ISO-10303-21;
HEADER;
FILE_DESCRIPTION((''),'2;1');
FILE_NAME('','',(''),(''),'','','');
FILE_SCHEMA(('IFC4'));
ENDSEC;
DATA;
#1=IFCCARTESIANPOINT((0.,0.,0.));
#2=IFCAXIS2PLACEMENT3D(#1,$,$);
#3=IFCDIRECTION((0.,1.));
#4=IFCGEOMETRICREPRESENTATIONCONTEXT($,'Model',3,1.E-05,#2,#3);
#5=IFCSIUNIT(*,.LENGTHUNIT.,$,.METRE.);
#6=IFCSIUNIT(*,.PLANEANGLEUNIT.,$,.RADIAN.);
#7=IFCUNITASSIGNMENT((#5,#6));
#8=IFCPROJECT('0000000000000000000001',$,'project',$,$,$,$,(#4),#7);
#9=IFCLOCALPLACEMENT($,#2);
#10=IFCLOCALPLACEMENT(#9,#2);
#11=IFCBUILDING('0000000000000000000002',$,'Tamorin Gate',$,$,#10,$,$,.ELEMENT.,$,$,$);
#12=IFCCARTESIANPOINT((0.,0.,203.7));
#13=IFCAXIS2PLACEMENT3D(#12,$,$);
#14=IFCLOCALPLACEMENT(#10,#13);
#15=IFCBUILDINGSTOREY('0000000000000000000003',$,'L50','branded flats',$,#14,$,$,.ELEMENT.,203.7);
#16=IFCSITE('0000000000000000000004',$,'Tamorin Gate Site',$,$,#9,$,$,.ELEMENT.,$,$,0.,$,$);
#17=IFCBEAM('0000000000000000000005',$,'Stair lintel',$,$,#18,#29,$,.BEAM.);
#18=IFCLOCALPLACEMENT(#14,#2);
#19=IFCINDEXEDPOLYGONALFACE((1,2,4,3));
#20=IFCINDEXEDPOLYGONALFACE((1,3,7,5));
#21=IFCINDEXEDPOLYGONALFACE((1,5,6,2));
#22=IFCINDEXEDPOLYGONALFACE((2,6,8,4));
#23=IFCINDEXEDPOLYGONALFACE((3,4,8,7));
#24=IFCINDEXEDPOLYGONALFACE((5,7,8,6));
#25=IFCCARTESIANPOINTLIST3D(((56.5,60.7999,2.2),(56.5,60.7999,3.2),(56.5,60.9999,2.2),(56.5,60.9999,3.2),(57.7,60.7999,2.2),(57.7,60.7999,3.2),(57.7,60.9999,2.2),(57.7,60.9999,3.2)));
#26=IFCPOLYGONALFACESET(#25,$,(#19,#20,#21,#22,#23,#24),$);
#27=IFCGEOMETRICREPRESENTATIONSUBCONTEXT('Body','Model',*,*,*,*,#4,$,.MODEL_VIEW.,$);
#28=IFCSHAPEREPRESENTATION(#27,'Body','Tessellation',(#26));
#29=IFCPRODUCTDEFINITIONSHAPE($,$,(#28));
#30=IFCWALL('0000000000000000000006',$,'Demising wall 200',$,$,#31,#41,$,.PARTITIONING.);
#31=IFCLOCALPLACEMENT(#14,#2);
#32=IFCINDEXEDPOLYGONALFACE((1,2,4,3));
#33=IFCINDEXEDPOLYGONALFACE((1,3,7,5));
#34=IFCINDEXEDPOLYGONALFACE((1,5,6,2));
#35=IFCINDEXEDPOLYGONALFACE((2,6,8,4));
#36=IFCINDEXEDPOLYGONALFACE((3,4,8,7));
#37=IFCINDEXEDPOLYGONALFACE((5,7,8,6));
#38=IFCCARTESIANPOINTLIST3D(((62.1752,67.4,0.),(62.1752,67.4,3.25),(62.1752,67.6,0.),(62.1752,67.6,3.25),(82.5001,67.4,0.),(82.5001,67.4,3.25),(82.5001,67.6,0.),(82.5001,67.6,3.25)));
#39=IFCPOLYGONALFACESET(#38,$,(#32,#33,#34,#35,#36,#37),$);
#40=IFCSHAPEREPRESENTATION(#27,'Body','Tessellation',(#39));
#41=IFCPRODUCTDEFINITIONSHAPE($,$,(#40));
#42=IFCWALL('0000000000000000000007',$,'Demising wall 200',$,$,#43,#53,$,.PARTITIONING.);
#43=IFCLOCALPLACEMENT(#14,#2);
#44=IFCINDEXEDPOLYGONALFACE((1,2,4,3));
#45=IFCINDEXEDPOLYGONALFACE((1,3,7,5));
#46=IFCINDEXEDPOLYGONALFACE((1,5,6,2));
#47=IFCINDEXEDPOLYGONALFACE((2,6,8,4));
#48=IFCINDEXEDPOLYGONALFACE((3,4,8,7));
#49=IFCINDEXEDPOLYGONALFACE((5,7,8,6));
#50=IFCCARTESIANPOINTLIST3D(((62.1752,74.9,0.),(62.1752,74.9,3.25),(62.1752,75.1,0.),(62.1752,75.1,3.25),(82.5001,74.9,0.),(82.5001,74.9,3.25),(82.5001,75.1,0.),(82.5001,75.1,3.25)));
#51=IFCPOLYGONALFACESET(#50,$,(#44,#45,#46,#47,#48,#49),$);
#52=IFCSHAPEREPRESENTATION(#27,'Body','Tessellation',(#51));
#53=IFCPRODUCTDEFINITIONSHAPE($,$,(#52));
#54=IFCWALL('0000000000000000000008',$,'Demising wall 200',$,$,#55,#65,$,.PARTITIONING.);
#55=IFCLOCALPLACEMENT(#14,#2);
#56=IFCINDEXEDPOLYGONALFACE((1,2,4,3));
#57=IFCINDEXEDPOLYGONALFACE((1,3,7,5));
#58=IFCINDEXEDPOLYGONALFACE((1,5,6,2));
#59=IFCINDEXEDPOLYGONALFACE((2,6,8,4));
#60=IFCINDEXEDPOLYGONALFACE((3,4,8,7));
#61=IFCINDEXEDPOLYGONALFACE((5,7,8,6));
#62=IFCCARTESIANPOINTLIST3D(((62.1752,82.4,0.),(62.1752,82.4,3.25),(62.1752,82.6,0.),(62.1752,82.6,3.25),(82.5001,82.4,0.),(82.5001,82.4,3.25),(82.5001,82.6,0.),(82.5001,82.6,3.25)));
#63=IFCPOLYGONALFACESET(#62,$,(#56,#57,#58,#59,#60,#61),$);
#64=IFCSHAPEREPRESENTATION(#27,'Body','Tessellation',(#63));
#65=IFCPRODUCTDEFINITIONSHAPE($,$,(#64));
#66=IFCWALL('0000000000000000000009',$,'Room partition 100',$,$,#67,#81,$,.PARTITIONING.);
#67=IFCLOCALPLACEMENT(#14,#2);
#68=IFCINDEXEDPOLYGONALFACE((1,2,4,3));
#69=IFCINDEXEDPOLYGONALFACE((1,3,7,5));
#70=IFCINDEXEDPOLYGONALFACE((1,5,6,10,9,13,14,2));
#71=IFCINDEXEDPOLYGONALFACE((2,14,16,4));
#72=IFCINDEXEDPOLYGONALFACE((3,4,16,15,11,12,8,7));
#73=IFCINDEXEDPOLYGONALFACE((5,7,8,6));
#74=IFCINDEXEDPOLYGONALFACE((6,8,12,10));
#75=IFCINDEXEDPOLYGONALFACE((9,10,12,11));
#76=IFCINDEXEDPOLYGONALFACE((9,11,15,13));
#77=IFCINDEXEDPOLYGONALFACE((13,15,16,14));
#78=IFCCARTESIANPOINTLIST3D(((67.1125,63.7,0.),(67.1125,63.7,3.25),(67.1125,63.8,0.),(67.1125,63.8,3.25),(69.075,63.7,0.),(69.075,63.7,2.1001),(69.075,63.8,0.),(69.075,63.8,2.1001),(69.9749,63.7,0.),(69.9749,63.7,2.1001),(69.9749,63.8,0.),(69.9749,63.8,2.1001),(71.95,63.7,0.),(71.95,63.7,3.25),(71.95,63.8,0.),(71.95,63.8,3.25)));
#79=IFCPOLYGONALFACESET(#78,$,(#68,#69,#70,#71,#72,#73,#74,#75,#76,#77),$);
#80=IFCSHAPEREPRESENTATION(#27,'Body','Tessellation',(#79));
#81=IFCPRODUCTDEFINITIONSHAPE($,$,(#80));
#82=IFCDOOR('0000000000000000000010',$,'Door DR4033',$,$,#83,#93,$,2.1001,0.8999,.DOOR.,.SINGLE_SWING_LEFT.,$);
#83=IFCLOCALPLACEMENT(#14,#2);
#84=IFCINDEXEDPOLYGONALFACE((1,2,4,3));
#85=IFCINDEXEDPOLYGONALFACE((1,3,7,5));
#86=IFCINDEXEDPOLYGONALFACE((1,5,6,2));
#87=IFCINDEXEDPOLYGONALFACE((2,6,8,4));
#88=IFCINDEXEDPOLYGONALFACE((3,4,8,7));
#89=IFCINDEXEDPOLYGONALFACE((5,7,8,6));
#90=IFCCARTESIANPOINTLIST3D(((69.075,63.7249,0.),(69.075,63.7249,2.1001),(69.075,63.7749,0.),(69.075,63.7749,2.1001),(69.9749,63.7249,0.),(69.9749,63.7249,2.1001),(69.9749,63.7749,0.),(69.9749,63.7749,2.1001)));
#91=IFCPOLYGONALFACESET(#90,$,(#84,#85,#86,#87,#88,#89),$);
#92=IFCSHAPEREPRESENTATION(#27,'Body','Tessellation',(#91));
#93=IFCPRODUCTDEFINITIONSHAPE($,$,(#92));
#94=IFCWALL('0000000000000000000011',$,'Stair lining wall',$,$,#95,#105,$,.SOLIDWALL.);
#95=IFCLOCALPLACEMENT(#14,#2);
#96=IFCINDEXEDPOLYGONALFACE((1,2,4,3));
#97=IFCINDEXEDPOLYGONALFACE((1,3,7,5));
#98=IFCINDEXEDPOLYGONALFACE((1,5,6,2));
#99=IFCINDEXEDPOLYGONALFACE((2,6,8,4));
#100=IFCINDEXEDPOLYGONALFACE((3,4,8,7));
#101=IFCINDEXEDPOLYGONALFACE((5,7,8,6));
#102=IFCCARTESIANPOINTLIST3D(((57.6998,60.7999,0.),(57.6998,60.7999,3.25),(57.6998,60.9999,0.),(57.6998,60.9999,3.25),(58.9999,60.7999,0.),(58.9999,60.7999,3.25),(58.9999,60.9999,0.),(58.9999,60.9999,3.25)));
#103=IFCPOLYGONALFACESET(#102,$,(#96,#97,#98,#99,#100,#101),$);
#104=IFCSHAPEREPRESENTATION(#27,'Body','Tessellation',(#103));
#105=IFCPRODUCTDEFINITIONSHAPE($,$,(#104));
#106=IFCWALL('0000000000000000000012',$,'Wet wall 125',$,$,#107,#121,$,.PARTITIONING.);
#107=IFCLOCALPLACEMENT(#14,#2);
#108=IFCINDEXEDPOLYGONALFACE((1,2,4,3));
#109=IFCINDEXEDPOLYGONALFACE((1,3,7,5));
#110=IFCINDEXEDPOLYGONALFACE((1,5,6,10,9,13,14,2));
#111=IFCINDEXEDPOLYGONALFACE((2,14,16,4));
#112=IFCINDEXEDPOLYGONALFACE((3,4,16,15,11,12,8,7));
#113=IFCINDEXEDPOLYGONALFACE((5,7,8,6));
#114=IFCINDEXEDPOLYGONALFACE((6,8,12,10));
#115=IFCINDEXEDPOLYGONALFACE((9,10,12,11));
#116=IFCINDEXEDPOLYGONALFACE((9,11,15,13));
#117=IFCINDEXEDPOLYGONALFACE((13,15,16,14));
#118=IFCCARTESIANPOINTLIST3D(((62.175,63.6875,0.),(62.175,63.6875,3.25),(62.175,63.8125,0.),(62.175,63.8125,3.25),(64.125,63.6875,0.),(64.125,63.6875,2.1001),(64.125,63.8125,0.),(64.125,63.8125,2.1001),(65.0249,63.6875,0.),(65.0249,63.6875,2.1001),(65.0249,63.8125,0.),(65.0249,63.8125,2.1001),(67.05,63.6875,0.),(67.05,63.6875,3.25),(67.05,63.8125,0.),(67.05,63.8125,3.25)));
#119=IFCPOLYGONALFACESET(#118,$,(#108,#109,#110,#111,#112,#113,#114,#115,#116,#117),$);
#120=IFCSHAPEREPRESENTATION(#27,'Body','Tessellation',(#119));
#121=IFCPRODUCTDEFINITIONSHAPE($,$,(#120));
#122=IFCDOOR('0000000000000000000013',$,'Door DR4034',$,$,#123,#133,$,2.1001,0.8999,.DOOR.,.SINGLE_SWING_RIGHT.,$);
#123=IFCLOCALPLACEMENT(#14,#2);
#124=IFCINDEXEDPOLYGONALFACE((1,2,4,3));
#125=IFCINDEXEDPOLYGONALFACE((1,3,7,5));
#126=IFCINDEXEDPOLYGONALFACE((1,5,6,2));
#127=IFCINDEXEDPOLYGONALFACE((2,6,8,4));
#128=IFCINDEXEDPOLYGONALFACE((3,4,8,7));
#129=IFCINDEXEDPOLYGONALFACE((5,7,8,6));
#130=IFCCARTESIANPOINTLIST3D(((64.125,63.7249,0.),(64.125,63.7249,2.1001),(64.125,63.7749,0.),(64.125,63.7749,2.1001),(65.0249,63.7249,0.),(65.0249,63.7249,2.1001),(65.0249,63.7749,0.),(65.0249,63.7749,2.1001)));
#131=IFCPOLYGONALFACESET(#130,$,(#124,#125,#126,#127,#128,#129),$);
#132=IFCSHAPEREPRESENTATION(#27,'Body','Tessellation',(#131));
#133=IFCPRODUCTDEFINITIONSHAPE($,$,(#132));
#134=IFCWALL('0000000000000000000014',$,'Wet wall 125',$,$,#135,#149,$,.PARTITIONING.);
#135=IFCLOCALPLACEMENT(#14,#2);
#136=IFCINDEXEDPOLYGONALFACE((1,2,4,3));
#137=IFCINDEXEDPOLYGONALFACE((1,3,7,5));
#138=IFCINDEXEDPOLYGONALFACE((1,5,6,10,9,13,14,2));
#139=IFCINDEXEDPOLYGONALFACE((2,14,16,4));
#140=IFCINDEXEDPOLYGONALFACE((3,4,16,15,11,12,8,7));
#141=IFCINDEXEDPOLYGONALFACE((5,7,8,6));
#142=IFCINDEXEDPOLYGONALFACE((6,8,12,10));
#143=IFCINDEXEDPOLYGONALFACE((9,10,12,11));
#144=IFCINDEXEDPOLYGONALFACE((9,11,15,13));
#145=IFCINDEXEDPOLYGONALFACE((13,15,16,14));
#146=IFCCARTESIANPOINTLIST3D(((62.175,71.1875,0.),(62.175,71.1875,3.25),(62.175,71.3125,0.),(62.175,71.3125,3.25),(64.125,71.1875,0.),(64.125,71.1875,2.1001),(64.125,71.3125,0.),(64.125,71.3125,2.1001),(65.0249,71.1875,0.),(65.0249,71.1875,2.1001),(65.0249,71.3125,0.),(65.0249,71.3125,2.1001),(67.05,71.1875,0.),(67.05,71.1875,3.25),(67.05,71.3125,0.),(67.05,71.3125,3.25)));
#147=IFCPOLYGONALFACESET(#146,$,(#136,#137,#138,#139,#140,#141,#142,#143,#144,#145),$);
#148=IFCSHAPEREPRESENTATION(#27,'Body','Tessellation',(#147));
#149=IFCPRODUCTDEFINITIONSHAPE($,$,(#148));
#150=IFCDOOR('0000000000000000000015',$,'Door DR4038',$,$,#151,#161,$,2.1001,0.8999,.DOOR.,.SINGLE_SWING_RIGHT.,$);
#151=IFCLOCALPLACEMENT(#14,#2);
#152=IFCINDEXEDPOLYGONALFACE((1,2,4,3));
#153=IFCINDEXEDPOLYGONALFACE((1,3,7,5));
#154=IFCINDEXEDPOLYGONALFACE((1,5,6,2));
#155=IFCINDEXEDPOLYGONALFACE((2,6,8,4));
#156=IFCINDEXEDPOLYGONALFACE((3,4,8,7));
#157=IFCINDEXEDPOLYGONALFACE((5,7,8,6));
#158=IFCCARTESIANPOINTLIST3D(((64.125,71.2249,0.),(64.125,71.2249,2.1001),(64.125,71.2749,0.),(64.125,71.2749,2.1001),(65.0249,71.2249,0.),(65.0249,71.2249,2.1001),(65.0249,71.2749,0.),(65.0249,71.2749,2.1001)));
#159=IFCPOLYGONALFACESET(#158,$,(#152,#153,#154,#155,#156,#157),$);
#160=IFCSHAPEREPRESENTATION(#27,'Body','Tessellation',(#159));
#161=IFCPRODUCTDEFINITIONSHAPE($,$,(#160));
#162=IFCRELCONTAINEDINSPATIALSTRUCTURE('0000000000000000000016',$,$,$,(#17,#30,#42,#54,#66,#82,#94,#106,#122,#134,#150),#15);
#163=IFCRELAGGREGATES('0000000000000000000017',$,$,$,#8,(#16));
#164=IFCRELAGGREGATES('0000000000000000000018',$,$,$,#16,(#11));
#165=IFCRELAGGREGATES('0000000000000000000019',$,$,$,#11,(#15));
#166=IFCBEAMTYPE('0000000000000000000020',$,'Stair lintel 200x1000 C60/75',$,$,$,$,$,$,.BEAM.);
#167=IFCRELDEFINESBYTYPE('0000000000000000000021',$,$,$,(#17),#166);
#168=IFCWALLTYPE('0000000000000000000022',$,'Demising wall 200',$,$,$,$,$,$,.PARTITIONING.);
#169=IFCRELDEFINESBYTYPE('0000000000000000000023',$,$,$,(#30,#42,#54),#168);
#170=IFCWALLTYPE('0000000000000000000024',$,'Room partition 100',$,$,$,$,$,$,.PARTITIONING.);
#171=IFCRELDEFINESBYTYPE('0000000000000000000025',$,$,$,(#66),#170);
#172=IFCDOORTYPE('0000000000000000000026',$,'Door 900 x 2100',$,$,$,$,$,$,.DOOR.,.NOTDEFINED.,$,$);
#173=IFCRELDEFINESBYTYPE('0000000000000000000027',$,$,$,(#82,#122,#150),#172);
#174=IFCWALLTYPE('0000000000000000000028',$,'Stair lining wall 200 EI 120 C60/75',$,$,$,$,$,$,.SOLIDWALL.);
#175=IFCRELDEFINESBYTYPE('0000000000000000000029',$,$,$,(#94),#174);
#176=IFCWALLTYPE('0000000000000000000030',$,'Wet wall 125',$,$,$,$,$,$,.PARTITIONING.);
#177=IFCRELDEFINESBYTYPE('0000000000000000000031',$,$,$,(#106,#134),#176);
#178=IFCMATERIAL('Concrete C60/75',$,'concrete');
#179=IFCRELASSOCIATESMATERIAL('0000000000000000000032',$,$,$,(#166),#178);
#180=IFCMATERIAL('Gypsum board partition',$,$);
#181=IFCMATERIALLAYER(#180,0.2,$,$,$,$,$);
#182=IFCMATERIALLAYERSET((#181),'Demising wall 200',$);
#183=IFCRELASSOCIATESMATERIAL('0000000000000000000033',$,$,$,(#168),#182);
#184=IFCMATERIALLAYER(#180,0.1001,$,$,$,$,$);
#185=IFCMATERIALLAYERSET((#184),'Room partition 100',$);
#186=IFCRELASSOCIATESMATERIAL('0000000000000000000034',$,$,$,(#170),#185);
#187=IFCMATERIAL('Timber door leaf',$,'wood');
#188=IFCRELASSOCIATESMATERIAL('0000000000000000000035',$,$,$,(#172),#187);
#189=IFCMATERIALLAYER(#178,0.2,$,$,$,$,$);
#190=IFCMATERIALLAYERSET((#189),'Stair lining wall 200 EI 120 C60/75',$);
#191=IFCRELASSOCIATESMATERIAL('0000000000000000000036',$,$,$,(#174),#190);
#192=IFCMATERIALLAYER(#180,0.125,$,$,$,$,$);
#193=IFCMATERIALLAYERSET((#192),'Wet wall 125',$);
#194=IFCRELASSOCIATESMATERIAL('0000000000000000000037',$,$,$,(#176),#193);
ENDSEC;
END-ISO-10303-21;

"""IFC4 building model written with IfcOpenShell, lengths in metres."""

from ifc_helpers import new_model, si_unit, direction, frame, frame_2d, origin, origin_2d, place, context, subcontext, project, spatial, rectangle, extrude, material, layer, layer_set, material_profile, profile_set, type_object, element, fill, save


model = new_model("IFC4")

# Units and contexts
model_context = context("Model", 3, precision=1e-05, world=origin(), true_north=direction((0.0, 1.0)))
body_context = subcontext(model_context, "Body", "Model", "MODEL_VIEW")
ifc_project = project(units=[si_unit("LENGTHUNIT", "METRE"), si_unit("PLANEANGLEUNIT", "RADIAN")], contexts=[model_context])

# Site, building, storey
site_placement = place(None, origin())
site = spatial("IfcSite", under=ifc_project, at=site_placement, Name="Tamorin Gate Site", CompositionType="ELEMENT", RefElevation=0.0)
building_placement = place(site_placement, origin())
building = spatial("IfcBuilding", under=site, at=building_placement, Name="Tamorin Gate", CompositionType="ELEMENT")
storey_placement = place(building_placement, frame((0.0, 0.0, 203.7)))
storey = spatial("IfcBuildingStorey", under=building, at=storey_placement, Name="L50", Description="branded flats", CompositionType="ELEMENT", Elevation=203.7)

# Beam
ifc_material_1 = material(Name="Concrete C60/75", Category="concrete")
ifc_material_profile = material_profile(ifc_material_1, rectangle(XDim=0.2, YDim=1.0, at=origin_2d()))
ifc_profile_set = profile_set([ifc_material_profile], Name="Concrete C60/75")
beam_type = type_object("IfcBeamType", Name="Stair lintel 200x1000 C60/75", PredefinedType="BEAM", material=ifc_profile_set)
beam_placement = place(storey_placement, frame((56.5, 60.8999, 2.7), z_axis=(1.0, 0.0, 0.0), x_axis=(0.0, 1.0, 0.0)))
element("IfcBeam", 1, at=beam_placement, inside=storey, type_object=beam_type, Name="Stair lintel", PredefinedType="BEAM", context=body_context, shape_type="SweptSolid", body=[
    extrude(rectangle(XDim=0.2, YDim=1.0, at=origin_2d()), origin(), (0.0, 0.0, 1.0), 1.2),
])

# Walls
ifc_material_2 = material(Name="Gypsum board partition")
ifc_layer_1 = layer(ifc_material_2, 0.2)
ifc_layer_set_1 = layer_set([ifc_layer_1], Name="Demising wall 200")
wall_type_1 = type_object("IfcWallType", Name="Demising wall 200", PredefinedType="PARTITIONING", material=ifc_layer_set_1)
for number, where, z_axis, x_axis, name in (
    (2, (62.175, 67.5, 0.0), (0.0, 0.0, 1.0), (1.0, 0.0, 0.0), "Demising wall 200"),
    (3, (62.175, 75.0, 0.0), (0.0, 0.0, 1.0), (1.0, 0.0, 0.0), "Demising wall 200"),
    (4, (62.175, 82.5, 0.0), (0.0, 0.0, 1.0), (1.0, 0.0, 0.0), "Demising wall 200"),
):
    element("IfcWall", number, at=place(storey_placement, frame(where, z_axis=z_axis, x_axis=x_axis)), inside=storey, type_object=wall_type_1, Name=name, PredefinedType="PARTITIONING", context=body_context, shape_type="SweptSolid", body=[
        extrude(rectangle(XDim=20.325, YDim=0.2, at=frame_2d((10.1626, 0.0))), origin(), (0.0, 0.0, 1.0), 3.25),
    ])

# Wall, opening, door
ifc_layer_2 = layer(ifc_material_2, 0.1001)
ifc_layer_set_2 = layer_set([ifc_layer_2], Name="Room partition 100")
wall_type_2 = type_object("IfcWallType", Name="Room partition 100", PredefinedType="PARTITIONING", material=ifc_layer_set_2)
wall_1_placement = place(storey_placement, frame((67.1125, 63.75, 0.0), z_axis=(0.0, 0.0, 1.0), x_axis=(1.0, 0.0, 0.0)))
wall_1 = element("IfcWall", 5, at=wall_1_placement, inside=storey, type_object=wall_type_2, Name="Room partition 100", PredefinedType="PARTITIONING", context=body_context, shape_type="SweptSolid", body=[
    extrude(rectangle(XDim=4.8374, YDim=0.1001, at=frame_2d((2.4187, 0.0))), origin(), (0.0, 0.0, 1.0), 3.25),
])
opening_1_placement = place(wall_1_placement, frame((1.9624, 0.0, 0.0)))
opening_1 = element("IfcOpeningElement", 6, at=opening_1_placement, cuts=wall_1, PredefinedType="OPENING", context=body_context, shape_type="SweptSolid", body=[
    extrude(rectangle(XDim=0.8999, YDim=2.1001, at=frame_2d((0.45, 1.05))), frame((0.0, 0.0601, 0.0), z_axis=(0.0, -1.0, 0.0), x_axis=(1.0, 0.0, 0.0)), (0.0, 0.0, 1.0), 0.1201),
])
ifc_material_3 = material(Name="Timber door leaf", Category="wood")
door_type = type_object("IfcDoorType", Name="Door 900 x 2100", OperationType="NOTDEFINED", PredefinedType="DOOR", material=ifc_material_3)
door_1_placement = place(opening_1_placement, origin())
door_1 = element("IfcDoor", 7, at=door_1_placement, inside=storey, type_object=door_type, Name="Door DR4033", OperationType="SINGLE_SWING_LEFT", OverallHeight=2.1001, OverallWidth=0.8999, PredefinedType="DOOR", context=body_context, shape_type="SweptSolid", body=[
    extrude(rectangle(XDim=0.8999, YDim=2.1001, at=frame_2d((0.45, 1.05))), frame((0.0, 0.0249, 0.0), z_axis=(0.0, -1.0, 0.0), x_axis=(1.0, 0.0, 0.0)), (0.0, 0.0, 1.0), 0.05),
])
fill(opening_1, door_1)

# Wall
ifc_layer_3 = layer(ifc_material_1, 0.2)
ifc_layer_set_3 = layer_set([ifc_layer_3], Name="Stair lining wall 200 EI 120 C60/75")
wall_type_3 = type_object("IfcWallType", Name="Stair lining wall 200 EI 120 C60/75", PredefinedType="SOLIDWALL", material=ifc_layer_set_3)
wall_2_placement = place(storey_placement, frame((57.7, 60.8999, 0.0), z_axis=(0.0, 0.0, 1.0), x_axis=(1.0, 0.0, 0.0)))
element("IfcWall", 8, at=wall_2_placement, inside=storey, type_object=wall_type_3, Name="Stair lining wall", PredefinedType="SOLIDWALL", context=body_context, shape_type="SweptSolid", body=[
    extrude(rectangle(XDim=1.3, YDim=0.2, at=frame_2d((0.6499, 0.0))), origin(), (0.0, 0.0, 1.0), 3.25),
])

# Walls, openings, doors
ifc_layer_4 = layer(ifc_material_2, 0.125)
ifc_layer_set_4 = layer_set([ifc_layer_4], Name="Wet wall 125")
wall_type_4 = type_object("IfcWallType", Name="Wet wall 125", PredefinedType="PARTITIONING", material=ifc_layer_set_4)
wall_3_placement = place(storey_placement, frame((62.175, 63.75, 0.0), z_axis=(0.0, 0.0, 1.0), x_axis=(1.0, 0.0, 0.0)))
wall_3 = element("IfcWall", 9, at=wall_3_placement, inside=storey, type_object=wall_type_4, Name="Wet wall 125", PredefinedType="PARTITIONING", context=body_context, shape_type="SweptSolid", body=[
    extrude(rectangle(XDim=4.875, YDim=0.125, at=frame_2d((2.4375, 0.0))), origin(), (0.0, 0.0, 1.0), 3.25),
])
opening_2_placement = place(wall_3_placement, frame((1.95, 0.0, 0.0)))
opening_2 = element("IfcOpeningElement", 10, at=opening_2_placement, cuts=wall_3, PredefinedType="OPENING", context=body_context, shape_type="SweptSolid", body=[
    extrude(rectangle(XDim=0.8999, YDim=2.1001, at=frame_2d((0.45, 1.05))), frame((0.0, 0.0725, 0.0), z_axis=(0.0, -1.0, 0.0), x_axis=(1.0, 0.0, 0.0)), (0.0, 0.0, 1.0), 0.145),
])
door_2_placement = place(opening_2_placement, origin())
door_2 = element("IfcDoor", 11, at=door_2_placement, inside=storey, type_object=door_type, Name="Door DR4034", OperationType="SINGLE_SWING_RIGHT", OverallHeight=2.1001, OverallWidth=0.8999, PredefinedType="DOOR", context=body_context, shape_type="SweptSolid", body=[
    extrude(rectangle(XDim=0.8999, YDim=2.1001, at=frame_2d((0.45, 1.05))), frame((0.0, 0.0249, 0.0), z_axis=(0.0, -1.0, 0.0), x_axis=(1.0, 0.0, 0.0)), (0.0, 0.0, 1.0), 0.05),
])
fill(opening_2, door_2)
wall_4_placement = place(storey_placement, frame((62.175, 71.25, 0.0), z_axis=(0.0, 0.0, 1.0), x_axis=(1.0, 0.0, 0.0)))
wall_4 = element("IfcWall", 12, at=wall_4_placement, inside=storey, type_object=wall_type_4, Name="Wet wall 125", PredefinedType="PARTITIONING", context=body_context, shape_type="SweptSolid", body=[
    extrude(rectangle(XDim=4.875, YDim=0.125, at=frame_2d((2.4375, 0.0))), origin(), (0.0, 0.0, 1.0), 3.25),
])
opening_3_placement = place(wall_4_placement, frame((1.95, 0.0, 0.0)))
opening_3 = element("IfcOpeningElement", 13, at=opening_3_placement, cuts=wall_4, PredefinedType="OPENING", context=body_context, shape_type="SweptSolid", body=[
    extrude(rectangle(XDim=0.8999, YDim=2.1001, at=frame_2d((0.45, 1.05))), frame((0.0, 0.0725, 0.0), z_axis=(0.0, -1.0, 0.0), x_axis=(1.0, 0.0, 0.0)), (0.0, 0.0, 1.0), 0.145),
])
door_3_placement = place(opening_3_placement, origin())
door_3 = element("IfcDoor", 14, at=door_3_placement, inside=storey, type_object=door_type, Name="Door DR4038", OperationType="SINGLE_SWING_RIGHT", OverallHeight=2.1001, OverallWidth=0.8999, PredefinedType="DOOR", context=body_context, shape_type="SweptSolid", body=[
    extrude(rectangle(XDim=0.8999, YDim=2.1001, at=frame_2d((0.45, 1.05))), frame((0.0, 0.0249, 0.0), z_axis=(0.0, -1.0, 0.0), x_axis=(1.0, 0.0, 0.0)), (0.0, 0.0, 1.0), 0.05),
])
fill(opening_3, door_3)

save(model, "model.ifc")
